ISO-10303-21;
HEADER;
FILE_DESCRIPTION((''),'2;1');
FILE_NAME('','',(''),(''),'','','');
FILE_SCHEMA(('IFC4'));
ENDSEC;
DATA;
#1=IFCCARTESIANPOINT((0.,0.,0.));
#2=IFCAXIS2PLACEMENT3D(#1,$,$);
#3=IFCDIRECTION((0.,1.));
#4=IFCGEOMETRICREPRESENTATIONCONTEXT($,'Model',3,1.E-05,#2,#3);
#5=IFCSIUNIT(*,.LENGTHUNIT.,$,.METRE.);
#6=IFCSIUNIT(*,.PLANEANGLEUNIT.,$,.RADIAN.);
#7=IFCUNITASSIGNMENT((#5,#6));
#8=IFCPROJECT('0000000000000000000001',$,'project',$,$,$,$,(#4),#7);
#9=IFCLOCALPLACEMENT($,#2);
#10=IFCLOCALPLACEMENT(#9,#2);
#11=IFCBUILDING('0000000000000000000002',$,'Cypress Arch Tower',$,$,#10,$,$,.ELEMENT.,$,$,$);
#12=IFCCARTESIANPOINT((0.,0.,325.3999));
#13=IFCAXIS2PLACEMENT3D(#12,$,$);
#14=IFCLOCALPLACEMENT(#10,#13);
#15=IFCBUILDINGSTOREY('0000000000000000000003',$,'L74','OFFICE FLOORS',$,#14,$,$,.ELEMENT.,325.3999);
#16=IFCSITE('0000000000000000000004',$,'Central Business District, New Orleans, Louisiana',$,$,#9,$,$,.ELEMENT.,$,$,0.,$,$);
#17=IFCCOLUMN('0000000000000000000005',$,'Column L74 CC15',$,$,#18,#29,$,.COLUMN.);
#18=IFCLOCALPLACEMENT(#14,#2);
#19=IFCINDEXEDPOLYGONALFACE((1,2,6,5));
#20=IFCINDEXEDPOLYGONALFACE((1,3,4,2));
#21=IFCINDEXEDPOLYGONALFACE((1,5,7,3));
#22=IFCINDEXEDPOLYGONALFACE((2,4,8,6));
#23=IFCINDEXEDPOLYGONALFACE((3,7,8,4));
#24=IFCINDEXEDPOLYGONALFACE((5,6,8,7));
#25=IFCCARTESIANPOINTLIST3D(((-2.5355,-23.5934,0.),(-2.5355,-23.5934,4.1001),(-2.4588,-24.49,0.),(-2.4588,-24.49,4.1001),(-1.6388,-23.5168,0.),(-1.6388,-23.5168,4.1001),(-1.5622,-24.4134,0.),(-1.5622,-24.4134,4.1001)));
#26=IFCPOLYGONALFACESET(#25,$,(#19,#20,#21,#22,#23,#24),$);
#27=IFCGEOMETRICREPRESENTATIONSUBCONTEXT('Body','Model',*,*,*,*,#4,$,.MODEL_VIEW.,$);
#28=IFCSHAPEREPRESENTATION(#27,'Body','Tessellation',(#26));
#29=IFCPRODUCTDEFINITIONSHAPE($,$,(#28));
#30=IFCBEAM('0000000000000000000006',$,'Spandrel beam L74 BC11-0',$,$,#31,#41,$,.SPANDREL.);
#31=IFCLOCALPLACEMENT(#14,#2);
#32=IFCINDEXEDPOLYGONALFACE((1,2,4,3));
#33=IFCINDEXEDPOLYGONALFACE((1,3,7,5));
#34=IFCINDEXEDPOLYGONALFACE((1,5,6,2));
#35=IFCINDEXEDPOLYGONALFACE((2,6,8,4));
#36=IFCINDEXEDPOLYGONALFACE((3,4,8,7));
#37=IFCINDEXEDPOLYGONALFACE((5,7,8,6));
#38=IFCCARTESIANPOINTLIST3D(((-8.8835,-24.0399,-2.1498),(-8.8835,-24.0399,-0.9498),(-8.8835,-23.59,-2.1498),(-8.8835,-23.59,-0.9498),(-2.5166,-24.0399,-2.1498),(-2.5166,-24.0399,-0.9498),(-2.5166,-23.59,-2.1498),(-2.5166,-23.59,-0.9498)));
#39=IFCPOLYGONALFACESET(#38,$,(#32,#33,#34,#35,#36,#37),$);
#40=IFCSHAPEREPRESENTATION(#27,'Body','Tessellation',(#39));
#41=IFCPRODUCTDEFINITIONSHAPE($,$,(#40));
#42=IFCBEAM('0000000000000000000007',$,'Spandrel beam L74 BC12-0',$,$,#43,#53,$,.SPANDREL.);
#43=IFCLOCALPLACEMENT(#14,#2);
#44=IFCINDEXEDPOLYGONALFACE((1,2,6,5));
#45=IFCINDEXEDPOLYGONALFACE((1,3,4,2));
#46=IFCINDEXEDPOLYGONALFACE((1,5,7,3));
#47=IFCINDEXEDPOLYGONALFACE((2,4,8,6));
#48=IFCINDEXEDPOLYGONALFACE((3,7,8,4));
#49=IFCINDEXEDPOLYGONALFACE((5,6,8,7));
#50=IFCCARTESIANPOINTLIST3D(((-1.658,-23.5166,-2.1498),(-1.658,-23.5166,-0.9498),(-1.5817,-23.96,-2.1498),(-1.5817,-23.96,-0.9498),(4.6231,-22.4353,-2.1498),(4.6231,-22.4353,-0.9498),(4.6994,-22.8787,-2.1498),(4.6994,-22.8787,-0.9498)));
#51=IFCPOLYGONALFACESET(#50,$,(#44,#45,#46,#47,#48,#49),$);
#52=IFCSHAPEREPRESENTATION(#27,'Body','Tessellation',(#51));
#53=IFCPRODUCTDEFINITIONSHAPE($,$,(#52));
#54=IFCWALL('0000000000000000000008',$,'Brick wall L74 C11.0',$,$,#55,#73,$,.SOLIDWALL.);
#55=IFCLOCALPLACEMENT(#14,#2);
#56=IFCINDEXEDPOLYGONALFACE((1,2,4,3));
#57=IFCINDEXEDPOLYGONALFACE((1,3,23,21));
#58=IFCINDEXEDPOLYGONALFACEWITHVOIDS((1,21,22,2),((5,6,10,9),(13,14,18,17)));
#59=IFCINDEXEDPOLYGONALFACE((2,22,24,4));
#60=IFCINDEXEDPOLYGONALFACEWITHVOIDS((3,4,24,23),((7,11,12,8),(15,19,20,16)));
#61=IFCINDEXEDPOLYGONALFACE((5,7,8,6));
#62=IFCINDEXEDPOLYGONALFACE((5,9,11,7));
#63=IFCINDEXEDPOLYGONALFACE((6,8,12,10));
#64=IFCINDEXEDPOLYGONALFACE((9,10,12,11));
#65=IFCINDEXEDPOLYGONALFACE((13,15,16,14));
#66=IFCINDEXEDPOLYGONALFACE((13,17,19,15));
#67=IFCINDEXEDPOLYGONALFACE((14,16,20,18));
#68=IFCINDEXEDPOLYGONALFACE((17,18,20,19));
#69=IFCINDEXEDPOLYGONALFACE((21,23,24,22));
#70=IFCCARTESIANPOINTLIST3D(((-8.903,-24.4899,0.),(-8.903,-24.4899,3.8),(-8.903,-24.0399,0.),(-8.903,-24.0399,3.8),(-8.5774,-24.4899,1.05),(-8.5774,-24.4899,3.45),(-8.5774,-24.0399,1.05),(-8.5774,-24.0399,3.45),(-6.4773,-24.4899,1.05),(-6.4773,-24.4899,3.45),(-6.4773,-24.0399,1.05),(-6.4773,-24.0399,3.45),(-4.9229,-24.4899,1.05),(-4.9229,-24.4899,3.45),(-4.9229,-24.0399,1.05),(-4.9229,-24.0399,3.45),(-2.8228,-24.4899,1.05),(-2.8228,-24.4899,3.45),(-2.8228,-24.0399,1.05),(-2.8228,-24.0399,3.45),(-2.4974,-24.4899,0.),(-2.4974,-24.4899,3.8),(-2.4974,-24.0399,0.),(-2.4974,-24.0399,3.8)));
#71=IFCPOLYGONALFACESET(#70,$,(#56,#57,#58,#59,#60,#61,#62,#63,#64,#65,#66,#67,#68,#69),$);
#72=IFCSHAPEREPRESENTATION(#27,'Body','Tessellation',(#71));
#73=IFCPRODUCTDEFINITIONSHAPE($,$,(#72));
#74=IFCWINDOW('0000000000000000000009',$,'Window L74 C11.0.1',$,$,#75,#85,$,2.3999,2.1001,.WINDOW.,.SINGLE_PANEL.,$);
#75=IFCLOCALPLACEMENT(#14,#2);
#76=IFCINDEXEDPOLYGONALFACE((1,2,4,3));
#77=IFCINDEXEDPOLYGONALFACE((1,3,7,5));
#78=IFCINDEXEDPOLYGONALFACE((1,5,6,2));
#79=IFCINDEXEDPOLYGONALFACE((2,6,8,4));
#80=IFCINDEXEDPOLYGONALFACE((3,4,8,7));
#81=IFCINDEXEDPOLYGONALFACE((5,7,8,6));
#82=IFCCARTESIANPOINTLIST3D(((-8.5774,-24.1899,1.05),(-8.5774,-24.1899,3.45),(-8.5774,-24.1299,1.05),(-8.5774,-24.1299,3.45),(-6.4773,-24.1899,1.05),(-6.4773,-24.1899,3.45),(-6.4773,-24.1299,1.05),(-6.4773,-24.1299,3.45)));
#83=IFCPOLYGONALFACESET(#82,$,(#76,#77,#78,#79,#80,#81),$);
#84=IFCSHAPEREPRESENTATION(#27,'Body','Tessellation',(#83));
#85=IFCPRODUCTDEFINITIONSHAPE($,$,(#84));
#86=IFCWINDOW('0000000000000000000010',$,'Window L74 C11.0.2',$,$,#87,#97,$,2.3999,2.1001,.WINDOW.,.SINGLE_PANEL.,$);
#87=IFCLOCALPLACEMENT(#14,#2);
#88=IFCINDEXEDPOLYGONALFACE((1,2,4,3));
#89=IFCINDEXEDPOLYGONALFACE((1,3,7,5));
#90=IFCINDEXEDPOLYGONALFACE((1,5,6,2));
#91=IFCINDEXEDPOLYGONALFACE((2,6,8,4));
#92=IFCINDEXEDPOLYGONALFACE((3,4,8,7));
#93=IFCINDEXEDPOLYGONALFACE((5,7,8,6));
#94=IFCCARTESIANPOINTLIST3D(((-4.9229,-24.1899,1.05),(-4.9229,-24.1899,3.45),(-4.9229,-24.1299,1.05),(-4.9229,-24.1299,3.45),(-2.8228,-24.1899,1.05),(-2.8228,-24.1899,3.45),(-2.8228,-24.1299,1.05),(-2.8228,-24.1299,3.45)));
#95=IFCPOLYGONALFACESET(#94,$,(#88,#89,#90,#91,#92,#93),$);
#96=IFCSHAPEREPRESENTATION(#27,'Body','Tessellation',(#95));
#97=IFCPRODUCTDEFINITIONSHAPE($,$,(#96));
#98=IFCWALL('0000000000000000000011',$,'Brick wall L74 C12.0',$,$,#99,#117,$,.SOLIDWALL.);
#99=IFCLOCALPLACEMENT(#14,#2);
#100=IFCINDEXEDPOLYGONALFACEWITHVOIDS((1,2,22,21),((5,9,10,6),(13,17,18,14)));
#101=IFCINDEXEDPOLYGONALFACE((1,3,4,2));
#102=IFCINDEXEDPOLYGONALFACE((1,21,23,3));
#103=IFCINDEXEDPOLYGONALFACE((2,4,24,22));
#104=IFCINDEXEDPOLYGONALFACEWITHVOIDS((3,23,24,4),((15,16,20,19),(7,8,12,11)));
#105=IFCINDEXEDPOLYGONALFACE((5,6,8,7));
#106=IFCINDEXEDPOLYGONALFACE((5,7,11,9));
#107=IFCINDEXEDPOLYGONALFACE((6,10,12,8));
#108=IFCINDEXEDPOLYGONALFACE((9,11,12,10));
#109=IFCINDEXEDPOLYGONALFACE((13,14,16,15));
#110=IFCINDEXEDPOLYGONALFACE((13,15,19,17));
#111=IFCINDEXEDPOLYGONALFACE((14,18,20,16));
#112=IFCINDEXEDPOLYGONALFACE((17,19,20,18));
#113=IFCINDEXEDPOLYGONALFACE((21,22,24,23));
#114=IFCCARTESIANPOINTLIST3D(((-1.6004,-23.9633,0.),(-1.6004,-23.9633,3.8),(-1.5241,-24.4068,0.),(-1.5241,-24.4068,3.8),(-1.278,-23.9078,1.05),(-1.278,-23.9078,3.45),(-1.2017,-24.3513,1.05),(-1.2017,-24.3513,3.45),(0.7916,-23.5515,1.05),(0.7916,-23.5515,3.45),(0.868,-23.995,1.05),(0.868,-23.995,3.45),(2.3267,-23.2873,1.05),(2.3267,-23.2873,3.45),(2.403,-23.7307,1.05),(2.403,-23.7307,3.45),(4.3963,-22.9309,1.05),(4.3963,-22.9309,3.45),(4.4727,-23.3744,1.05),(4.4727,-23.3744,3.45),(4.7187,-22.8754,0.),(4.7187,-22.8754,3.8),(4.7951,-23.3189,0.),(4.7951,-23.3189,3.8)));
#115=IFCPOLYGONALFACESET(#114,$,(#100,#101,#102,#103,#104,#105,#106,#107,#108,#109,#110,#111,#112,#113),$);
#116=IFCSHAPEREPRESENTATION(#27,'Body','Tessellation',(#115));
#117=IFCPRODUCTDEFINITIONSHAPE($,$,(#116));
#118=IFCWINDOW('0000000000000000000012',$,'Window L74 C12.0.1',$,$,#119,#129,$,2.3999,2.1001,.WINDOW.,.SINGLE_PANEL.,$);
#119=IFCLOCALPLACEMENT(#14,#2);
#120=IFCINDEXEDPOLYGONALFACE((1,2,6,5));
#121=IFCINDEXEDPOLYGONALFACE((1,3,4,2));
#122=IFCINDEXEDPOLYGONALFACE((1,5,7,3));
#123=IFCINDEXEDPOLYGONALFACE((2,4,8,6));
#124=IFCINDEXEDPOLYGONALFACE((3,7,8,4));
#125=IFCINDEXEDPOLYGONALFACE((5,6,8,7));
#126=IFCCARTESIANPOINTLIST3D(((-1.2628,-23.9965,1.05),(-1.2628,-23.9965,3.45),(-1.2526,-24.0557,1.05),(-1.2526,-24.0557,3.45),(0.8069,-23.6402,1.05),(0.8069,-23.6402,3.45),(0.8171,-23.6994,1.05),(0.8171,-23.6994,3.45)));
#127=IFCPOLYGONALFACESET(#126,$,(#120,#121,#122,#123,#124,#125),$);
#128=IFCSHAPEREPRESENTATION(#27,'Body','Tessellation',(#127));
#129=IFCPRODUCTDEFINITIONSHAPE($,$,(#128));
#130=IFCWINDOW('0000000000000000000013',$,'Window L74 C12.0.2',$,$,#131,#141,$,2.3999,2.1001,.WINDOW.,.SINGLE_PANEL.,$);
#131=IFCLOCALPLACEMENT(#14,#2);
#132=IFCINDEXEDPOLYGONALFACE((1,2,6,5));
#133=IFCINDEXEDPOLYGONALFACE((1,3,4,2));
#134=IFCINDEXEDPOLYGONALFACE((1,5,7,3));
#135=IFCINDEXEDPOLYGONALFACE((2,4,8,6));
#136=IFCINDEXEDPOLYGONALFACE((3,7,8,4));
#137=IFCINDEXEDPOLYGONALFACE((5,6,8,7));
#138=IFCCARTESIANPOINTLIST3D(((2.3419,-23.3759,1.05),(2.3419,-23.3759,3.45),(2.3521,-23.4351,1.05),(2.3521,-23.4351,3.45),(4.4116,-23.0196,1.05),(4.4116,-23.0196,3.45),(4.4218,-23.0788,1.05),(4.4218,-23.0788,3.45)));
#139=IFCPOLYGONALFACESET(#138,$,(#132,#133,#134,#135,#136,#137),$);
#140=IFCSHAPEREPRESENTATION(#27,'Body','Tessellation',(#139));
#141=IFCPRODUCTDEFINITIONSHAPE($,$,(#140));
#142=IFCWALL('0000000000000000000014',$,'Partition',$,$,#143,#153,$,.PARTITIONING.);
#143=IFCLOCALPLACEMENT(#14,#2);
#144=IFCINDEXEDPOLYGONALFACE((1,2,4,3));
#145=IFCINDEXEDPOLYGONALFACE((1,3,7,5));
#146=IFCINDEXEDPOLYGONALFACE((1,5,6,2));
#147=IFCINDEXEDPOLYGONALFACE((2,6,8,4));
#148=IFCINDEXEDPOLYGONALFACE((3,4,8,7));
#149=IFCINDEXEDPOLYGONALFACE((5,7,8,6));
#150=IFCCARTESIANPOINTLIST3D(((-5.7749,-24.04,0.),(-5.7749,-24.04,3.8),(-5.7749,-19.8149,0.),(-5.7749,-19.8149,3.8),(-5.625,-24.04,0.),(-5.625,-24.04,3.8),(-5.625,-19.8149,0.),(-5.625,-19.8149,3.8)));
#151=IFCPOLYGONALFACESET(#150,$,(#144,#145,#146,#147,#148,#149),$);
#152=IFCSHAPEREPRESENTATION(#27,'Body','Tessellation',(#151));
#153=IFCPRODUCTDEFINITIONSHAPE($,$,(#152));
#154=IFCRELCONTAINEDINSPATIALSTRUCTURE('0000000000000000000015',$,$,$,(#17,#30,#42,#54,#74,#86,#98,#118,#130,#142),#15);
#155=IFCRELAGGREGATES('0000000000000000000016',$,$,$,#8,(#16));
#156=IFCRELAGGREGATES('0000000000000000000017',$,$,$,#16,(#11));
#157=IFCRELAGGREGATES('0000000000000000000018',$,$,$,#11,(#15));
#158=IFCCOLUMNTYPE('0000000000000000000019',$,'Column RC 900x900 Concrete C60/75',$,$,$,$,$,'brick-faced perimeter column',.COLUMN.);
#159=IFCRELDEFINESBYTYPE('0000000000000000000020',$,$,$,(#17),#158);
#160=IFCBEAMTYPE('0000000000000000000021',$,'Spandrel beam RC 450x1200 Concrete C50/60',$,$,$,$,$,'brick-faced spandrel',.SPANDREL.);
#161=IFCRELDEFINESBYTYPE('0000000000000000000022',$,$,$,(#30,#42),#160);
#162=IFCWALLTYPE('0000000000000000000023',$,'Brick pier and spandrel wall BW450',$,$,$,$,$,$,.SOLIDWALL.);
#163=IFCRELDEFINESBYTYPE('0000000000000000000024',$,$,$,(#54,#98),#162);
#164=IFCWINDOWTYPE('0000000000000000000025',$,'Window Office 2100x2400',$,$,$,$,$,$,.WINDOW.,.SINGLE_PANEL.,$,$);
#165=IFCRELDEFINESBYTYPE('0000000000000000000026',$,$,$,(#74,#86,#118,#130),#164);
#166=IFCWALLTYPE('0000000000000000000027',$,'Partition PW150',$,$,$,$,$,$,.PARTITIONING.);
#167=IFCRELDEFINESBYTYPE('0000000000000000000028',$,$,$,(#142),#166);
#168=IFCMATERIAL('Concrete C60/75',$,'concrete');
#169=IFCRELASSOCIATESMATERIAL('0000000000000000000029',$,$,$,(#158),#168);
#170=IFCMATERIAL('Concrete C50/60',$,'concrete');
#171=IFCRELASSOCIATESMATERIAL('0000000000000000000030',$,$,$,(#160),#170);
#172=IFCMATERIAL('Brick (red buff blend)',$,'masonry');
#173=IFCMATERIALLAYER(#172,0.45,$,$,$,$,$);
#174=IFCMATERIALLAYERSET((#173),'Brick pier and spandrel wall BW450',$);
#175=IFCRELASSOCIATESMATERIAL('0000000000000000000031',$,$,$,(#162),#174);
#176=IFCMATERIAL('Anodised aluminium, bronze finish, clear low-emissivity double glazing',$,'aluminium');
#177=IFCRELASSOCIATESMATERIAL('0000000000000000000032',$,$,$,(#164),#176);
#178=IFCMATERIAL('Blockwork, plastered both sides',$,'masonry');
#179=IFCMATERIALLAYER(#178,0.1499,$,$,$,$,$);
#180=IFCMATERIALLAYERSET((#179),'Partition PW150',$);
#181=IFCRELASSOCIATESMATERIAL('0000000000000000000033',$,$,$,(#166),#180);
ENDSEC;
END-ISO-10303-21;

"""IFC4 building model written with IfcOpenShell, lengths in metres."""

from ifc_helpers import new_model, si_unit, direction, frame, frame_2d, origin, origin_2d, place, context, subcontext, project, spatial, rectangle, extrude, material, layer, layer_set, material_profile, profile_set, type_object, element, fill, save


model = new_model("IFC4")

# Units and contexts
model_context = context("Model", 3, precision=1e-05, world=origin(), true_north=direction((0.0, 1.0)))
body_context = subcontext(model_context, "Body", "Model", "MODEL_VIEW")
ifc_project = project(units=[si_unit("LENGTHUNIT", "METRE"), si_unit("PLANEANGLEUNIT", "RADIAN")], contexts=[model_context])

# Site, building, storey
site_placement = place(None, origin())
site = spatial("IfcSite", under=ifc_project, at=site_placement, Name="Central Business District, New Orleans, Louisiana", CompositionType="ELEMENT", RefElevation=0.0)
building_placement = place(site_placement, origin())
building = spatial("IfcBuilding", under=site, at=building_placement, Name="Cypress Arch Tower", CompositionType="ELEMENT")
storey_placement = place(building_placement, frame((0.0, 0.0, 325.3999)))
storey = spatial("IfcBuildingStorey", under=building, at=storey_placement, Name="L74", Description="OFFICE FLOORS", CompositionType="ELEMENT", Elevation=325.3999)

# Column
ifc_material_1 = material(Name="Concrete C60/75", Category="concrete")
ifc_material_profile_1 = material_profile(ifc_material_1, rectangle(XDim=0.8999, YDim=0.8999, at=origin_2d()), Name="RC 900x900")
ifc_profile_set_1 = profile_set([ifc_material_profile_1], Name="Concrete C60/75")
column_type = type_object("IfcColumnType", Name="Column RC 900x900 Concrete C60/75", ElementType="brick-faced perimeter column", PredefinedType="COLUMN", material=ifc_profile_set_1)
column_placement = place(storey_placement, frame((-2.0488, -24.0034, 0.0), z_axis=(0.0, 0.0, 1.0), x_axis=(0.996368, 0.085149, 0.0)))
element("IfcColumn", 1, at=column_placement, inside=storey, type_object=column_type, Name="Column L74 CC15", PredefinedType="COLUMN", context=body_context, shape_type="SweptSolid", body=[
    extrude(rectangle(XDim=0.8999, YDim=0.8999, at=origin_2d()), origin(), (0.0, 0.0, 1.0), 4.1001),
])

# Beams
ifc_material_2 = material(Name="Concrete C50/60", Category="concrete")
ifc_material_profile_2 = material_profile(ifc_material_2, rectangle(XDim=0.45, YDim=1.2, at=origin_2d()), Name="RC 450x1200")
ifc_profile_set_2 = profile_set([ifc_material_profile_2], Name="Concrete C50/60")
beam_type = type_object("IfcBeamType", Name="Spandrel beam RC 450x1200 Concrete C50/60", ElementType="brick-faced spandrel", PredefinedType="SPANDREL", material=ifc_profile_set_2)
beam_1_placement = place(storey_placement, frame((-8.8835, -23.8149, -1.5498), z_axis=(1.0, 0.0, 0.0), x_axis=(0.0, 1.0, 0.0)))
element("IfcBeam", 2, at=beam_1_placement, inside=storey, type_object=beam_type, Name="Spandrel beam L74 BC11-0", PredefinedType="SPANDREL", context=body_context, shape_type="SweptSolid", body=[
    extrude(rectangle(XDim=0.45, YDim=1.2, at=origin_2d()), origin(), (0.0, 0.0, 1.0), 6.3669),
])
beam_2_placement = place(storey_placement, frame((-1.6199, -23.7383, -1.5498), z_axis=(0.985504, 0.169652, 0.0), x_axis=(-0.169652, 0.985504, 0.0)))
element("IfcBeam", 3, at=beam_2_placement, inside=storey, type_object=beam_type, Name="Spandrel beam L74 BC12-0", PredefinedType="SPANDREL", context=body_context, shape_type="SweptSolid", body=[
    extrude(rectangle(XDim=0.45, YDim=1.2, at=origin_2d()), origin(), (0.0, 0.0, 1.0), 6.3735),
])

# Walls, openings, windows
ifc_material_3 = material(Name="Brick (red buff blend)", Category="masonry")
ifc_layer_1 = layer(ifc_material_3, 0.45)
ifc_layer_set_1 = layer_set([ifc_layer_1], Name="Brick pier and spandrel wall BW450")
wall_type_1 = type_object("IfcWallType", Name="Brick pier and spandrel wall BW450", PredefinedType="SOLIDWALL", material=ifc_layer_set_1)
wall_1_placement = place(storey_placement, frame((-8.9028, -24.2649, 0.0), z_axis=(0.0, 0.0, 1.0), x_axis=(1.0, 0.0, 0.0)))
wall_1 = element("IfcWall", 4, at=wall_1_placement, inside=storey, type_object=wall_type_1, Name="Brick wall L74 C11.0", PredefinedType="SOLIDWALL", context=body_context, shape_type="SweptSolid", body=[
    extrude(rectangle(XDim=6.4055, YDim=0.45, at=frame_2d((3.2026, 0.0))), origin(), (0.0, 0.0, 1.0), 3.8),
])
opening_1_placement = place(wall_1_placement, frame((0.3254, 0.0, 1.05)))
opening_1 = element("IfcOpeningElement", 5, at=opening_1_placement, cuts=wall_1, PredefinedType="OPENING", context=body_context, shape_type="SweptSolid", body=[
    extrude(rectangle(XDim=2.1001, YDim=2.3999, at=frame_2d((1.05, 1.2))), frame((0.0, 0.2349, 0.0), z_axis=(0.0, -1.0, 0.0), x_axis=(1.0, 0.0, 0.0)), (0.0, 0.0, 1.0), 0.47),
])
opening_2_placement = place(wall_1_placement, frame((3.98, 0.0, 1.05)))
opening_2 = element("IfcOpeningElement", 6, at=opening_2_placement, cuts=wall_1, PredefinedType="OPENING", context=body_context, shape_type="SweptSolid", body=[
    extrude(rectangle(XDim=2.1001, YDim=2.3999, at=frame_2d((1.05, 1.2))), frame((0.0, 0.2349, 0.0), z_axis=(0.0, -1.0, 0.0), x_axis=(1.0, 0.0, 0.0)), (0.0, 0.0, 1.0), 0.47),
])
ifc_material_4 = material(Name="Anodised aluminium, bronze finish, clear low-emissivity double glazing", Category="aluminium")
window_type = type_object("IfcWindowType", Name="Window Office 2100x2400", PartitioningType="SINGLE_PANEL", PredefinedType="WINDOW", material=ifc_material_4)
window_1_placement = place(opening_1_placement, origin())
window_1 = element("IfcWindow", 7, at=window_1_placement, inside=storey, type_object=window_type, Name="Window L74 C11.0.1", OverallHeight=2.3999, OverallWidth=2.1001, PartitioningType="SINGLE_PANEL", PredefinedType="WINDOW", context=body_context, shape_type="SweptSolid", body=[
    extrude(rectangle(XDim=2.1001, YDim=2.3999, at=frame_2d((1.05, 1.2))), frame((0.0, 0.135, 0.0), z_axis=(0.0, -1.0, 0.0), x_axis=(1.0, 0.0, 0.0)), (0.0, 0.0, 1.0), 0.0601),
])
fill(opening_1, window_1)
window_2_placement = place(opening_2_placement, origin())
window_2 = element("IfcWindow", 8, at=window_2_placement, inside=storey, type_object=window_type, Name="Window L74 C11.0.2", OverallHeight=2.3999, OverallWidth=2.1001, PartitioningType="SINGLE_PANEL", PredefinedType="WINDOW", context=body_context, shape_type="SweptSolid", body=[
    extrude(rectangle(XDim=2.1001, YDim=2.3999, at=frame_2d((1.05, 1.2))), frame((0.0, 0.135, 0.0), z_axis=(0.0, -1.0, 0.0), x_axis=(1.0, 0.0, 0.0)), (0.0, 0.0, 1.0), 0.0601),
])
fill(opening_2, window_2)
wall_2_placement = place(storey_placement, frame((-1.5623, -24.1851, 0.0), z_axis=(0.0, 0.0, 1.0), x_axis=(0.985502, 0.169663, 0.0)))
wall_2 = element("IfcWall", 9, at=wall_2_placement, inside=storey, type_object=wall_type_1, Name="Brick wall L74 C12.0", PredefinedType="SOLIDWALL", context=body_context, shape_type="SweptSolid", body=[
    extrude(rectangle(XDim=6.4121, YDim=0.45, at=frame_2d((3.2061, 0.0))), origin(), (0.0, 0.0, 1.0), 3.8),
])
opening_3_placement = place(wall_2_placement, frame((0.3271, 0.0, 1.05)))
opening_3 = element("IfcOpeningElement", 10, at=opening_3_placement, cuts=wall_2, PredefinedType="OPENING", context=body_context, shape_type="SweptSolid", body=[
    extrude(rectangle(XDim=2.1001, YDim=2.3999, at=frame_2d((1.05, 1.2))), frame((0.0, 0.2349, 0.0), z_axis=(0.0, -1.0, 0.0), x_axis=(1.0, 0.0, 0.0)), (0.0, 0.0, 1.0), 0.47),
])
opening_4_placement = place(wall_2_placement, frame((3.9849, 0.0, 1.05)))
opening_4 = element("IfcOpeningElement", 11, at=opening_4_placement, cuts=wall_2, PredefinedType="OPENING", context=body_context, shape_type="SweptSolid", body=[
    extrude(rectangle(XDim=2.1001, YDim=2.3999, at=frame_2d((1.05, 1.2))), frame((0.0, 0.2349, 0.0), z_axis=(0.0, -1.0, 0.0), x_axis=(1.0, 0.0, 0.0)), (0.0, 0.0, 1.0), 0.47),
])
window_3_placement = place(opening_3_placement, origin())
window_3 = element("IfcWindow", 12, at=window_3_placement, inside=storey, type_object=window_type, Name="Window L74 C12.0.1", OverallHeight=2.3999, OverallWidth=2.1001, PartitioningType="SINGLE_PANEL", PredefinedType="WINDOW", context=body_context, shape_type="SweptSolid", body=[
    extrude(rectangle(XDim=2.1001, YDim=2.3999, at=frame_2d((1.05, 1.2))), frame((0.0, 0.135, 0.0), z_axis=(0.0, -1.0, 0.0), x_axis=(1.0, 0.0, 0.0)), (0.0, 0.0, 1.0), 0.0601),
])
fill(opening_3, window_3)
window_4_placement = place(opening_4_placement, origin())
window_4 = element("IfcWindow", 13, at=window_4_placement, inside=storey, type_object=window_type, Name="Window L74 C12.0.2", OverallHeight=2.3999, OverallWidth=2.1001, PartitioningType="SINGLE_PANEL", PredefinedType="WINDOW", context=body_context, shape_type="SweptSolid", body=[
    extrude(rectangle(XDim=2.1001, YDim=2.3999, at=frame_2d((1.05, 1.2))), frame((0.0, 0.135, 0.0), z_axis=(0.0, -1.0, 0.0), x_axis=(1.0, 0.0, 0.0)), (0.0, 0.0, 1.0), 0.0601),
])
fill(opening_4, window_4)

# Wall
ifc_material_5 = material(Name="Blockwork, plastered both sides", Category="masonry")
ifc_layer_2 = layer(ifc_material_5, 0.1499)
ifc_layer_set_2 = layer_set([ifc_layer_2], Name="Partition PW150")
wall_type_2 = type_object("IfcWallType", Name="Partition PW150", PredefinedType="PARTITIONING", material=ifc_layer_set_2)
wall_3_placement = place(storey_placement, frame((-5.7, -24.04, 0.0), z_axis=(0.0, 0.0, 1.0), x_axis=(0.0, 1.0, 0.0)))
element("IfcWall", 14, at=wall_3_placement, inside=storey, type_object=wall_type_2, Name="Partition", PredefinedType="PARTITIONING", context=body_context, shape_type="SweptSolid", body=[
    extrude(rectangle(XDim=4.2251, YDim=0.1499, at=frame_2d((2.1125, 0.0))), origin(), (0.0, 0.0, 1.0), 3.8),
])

save(model, "model.ifc")
